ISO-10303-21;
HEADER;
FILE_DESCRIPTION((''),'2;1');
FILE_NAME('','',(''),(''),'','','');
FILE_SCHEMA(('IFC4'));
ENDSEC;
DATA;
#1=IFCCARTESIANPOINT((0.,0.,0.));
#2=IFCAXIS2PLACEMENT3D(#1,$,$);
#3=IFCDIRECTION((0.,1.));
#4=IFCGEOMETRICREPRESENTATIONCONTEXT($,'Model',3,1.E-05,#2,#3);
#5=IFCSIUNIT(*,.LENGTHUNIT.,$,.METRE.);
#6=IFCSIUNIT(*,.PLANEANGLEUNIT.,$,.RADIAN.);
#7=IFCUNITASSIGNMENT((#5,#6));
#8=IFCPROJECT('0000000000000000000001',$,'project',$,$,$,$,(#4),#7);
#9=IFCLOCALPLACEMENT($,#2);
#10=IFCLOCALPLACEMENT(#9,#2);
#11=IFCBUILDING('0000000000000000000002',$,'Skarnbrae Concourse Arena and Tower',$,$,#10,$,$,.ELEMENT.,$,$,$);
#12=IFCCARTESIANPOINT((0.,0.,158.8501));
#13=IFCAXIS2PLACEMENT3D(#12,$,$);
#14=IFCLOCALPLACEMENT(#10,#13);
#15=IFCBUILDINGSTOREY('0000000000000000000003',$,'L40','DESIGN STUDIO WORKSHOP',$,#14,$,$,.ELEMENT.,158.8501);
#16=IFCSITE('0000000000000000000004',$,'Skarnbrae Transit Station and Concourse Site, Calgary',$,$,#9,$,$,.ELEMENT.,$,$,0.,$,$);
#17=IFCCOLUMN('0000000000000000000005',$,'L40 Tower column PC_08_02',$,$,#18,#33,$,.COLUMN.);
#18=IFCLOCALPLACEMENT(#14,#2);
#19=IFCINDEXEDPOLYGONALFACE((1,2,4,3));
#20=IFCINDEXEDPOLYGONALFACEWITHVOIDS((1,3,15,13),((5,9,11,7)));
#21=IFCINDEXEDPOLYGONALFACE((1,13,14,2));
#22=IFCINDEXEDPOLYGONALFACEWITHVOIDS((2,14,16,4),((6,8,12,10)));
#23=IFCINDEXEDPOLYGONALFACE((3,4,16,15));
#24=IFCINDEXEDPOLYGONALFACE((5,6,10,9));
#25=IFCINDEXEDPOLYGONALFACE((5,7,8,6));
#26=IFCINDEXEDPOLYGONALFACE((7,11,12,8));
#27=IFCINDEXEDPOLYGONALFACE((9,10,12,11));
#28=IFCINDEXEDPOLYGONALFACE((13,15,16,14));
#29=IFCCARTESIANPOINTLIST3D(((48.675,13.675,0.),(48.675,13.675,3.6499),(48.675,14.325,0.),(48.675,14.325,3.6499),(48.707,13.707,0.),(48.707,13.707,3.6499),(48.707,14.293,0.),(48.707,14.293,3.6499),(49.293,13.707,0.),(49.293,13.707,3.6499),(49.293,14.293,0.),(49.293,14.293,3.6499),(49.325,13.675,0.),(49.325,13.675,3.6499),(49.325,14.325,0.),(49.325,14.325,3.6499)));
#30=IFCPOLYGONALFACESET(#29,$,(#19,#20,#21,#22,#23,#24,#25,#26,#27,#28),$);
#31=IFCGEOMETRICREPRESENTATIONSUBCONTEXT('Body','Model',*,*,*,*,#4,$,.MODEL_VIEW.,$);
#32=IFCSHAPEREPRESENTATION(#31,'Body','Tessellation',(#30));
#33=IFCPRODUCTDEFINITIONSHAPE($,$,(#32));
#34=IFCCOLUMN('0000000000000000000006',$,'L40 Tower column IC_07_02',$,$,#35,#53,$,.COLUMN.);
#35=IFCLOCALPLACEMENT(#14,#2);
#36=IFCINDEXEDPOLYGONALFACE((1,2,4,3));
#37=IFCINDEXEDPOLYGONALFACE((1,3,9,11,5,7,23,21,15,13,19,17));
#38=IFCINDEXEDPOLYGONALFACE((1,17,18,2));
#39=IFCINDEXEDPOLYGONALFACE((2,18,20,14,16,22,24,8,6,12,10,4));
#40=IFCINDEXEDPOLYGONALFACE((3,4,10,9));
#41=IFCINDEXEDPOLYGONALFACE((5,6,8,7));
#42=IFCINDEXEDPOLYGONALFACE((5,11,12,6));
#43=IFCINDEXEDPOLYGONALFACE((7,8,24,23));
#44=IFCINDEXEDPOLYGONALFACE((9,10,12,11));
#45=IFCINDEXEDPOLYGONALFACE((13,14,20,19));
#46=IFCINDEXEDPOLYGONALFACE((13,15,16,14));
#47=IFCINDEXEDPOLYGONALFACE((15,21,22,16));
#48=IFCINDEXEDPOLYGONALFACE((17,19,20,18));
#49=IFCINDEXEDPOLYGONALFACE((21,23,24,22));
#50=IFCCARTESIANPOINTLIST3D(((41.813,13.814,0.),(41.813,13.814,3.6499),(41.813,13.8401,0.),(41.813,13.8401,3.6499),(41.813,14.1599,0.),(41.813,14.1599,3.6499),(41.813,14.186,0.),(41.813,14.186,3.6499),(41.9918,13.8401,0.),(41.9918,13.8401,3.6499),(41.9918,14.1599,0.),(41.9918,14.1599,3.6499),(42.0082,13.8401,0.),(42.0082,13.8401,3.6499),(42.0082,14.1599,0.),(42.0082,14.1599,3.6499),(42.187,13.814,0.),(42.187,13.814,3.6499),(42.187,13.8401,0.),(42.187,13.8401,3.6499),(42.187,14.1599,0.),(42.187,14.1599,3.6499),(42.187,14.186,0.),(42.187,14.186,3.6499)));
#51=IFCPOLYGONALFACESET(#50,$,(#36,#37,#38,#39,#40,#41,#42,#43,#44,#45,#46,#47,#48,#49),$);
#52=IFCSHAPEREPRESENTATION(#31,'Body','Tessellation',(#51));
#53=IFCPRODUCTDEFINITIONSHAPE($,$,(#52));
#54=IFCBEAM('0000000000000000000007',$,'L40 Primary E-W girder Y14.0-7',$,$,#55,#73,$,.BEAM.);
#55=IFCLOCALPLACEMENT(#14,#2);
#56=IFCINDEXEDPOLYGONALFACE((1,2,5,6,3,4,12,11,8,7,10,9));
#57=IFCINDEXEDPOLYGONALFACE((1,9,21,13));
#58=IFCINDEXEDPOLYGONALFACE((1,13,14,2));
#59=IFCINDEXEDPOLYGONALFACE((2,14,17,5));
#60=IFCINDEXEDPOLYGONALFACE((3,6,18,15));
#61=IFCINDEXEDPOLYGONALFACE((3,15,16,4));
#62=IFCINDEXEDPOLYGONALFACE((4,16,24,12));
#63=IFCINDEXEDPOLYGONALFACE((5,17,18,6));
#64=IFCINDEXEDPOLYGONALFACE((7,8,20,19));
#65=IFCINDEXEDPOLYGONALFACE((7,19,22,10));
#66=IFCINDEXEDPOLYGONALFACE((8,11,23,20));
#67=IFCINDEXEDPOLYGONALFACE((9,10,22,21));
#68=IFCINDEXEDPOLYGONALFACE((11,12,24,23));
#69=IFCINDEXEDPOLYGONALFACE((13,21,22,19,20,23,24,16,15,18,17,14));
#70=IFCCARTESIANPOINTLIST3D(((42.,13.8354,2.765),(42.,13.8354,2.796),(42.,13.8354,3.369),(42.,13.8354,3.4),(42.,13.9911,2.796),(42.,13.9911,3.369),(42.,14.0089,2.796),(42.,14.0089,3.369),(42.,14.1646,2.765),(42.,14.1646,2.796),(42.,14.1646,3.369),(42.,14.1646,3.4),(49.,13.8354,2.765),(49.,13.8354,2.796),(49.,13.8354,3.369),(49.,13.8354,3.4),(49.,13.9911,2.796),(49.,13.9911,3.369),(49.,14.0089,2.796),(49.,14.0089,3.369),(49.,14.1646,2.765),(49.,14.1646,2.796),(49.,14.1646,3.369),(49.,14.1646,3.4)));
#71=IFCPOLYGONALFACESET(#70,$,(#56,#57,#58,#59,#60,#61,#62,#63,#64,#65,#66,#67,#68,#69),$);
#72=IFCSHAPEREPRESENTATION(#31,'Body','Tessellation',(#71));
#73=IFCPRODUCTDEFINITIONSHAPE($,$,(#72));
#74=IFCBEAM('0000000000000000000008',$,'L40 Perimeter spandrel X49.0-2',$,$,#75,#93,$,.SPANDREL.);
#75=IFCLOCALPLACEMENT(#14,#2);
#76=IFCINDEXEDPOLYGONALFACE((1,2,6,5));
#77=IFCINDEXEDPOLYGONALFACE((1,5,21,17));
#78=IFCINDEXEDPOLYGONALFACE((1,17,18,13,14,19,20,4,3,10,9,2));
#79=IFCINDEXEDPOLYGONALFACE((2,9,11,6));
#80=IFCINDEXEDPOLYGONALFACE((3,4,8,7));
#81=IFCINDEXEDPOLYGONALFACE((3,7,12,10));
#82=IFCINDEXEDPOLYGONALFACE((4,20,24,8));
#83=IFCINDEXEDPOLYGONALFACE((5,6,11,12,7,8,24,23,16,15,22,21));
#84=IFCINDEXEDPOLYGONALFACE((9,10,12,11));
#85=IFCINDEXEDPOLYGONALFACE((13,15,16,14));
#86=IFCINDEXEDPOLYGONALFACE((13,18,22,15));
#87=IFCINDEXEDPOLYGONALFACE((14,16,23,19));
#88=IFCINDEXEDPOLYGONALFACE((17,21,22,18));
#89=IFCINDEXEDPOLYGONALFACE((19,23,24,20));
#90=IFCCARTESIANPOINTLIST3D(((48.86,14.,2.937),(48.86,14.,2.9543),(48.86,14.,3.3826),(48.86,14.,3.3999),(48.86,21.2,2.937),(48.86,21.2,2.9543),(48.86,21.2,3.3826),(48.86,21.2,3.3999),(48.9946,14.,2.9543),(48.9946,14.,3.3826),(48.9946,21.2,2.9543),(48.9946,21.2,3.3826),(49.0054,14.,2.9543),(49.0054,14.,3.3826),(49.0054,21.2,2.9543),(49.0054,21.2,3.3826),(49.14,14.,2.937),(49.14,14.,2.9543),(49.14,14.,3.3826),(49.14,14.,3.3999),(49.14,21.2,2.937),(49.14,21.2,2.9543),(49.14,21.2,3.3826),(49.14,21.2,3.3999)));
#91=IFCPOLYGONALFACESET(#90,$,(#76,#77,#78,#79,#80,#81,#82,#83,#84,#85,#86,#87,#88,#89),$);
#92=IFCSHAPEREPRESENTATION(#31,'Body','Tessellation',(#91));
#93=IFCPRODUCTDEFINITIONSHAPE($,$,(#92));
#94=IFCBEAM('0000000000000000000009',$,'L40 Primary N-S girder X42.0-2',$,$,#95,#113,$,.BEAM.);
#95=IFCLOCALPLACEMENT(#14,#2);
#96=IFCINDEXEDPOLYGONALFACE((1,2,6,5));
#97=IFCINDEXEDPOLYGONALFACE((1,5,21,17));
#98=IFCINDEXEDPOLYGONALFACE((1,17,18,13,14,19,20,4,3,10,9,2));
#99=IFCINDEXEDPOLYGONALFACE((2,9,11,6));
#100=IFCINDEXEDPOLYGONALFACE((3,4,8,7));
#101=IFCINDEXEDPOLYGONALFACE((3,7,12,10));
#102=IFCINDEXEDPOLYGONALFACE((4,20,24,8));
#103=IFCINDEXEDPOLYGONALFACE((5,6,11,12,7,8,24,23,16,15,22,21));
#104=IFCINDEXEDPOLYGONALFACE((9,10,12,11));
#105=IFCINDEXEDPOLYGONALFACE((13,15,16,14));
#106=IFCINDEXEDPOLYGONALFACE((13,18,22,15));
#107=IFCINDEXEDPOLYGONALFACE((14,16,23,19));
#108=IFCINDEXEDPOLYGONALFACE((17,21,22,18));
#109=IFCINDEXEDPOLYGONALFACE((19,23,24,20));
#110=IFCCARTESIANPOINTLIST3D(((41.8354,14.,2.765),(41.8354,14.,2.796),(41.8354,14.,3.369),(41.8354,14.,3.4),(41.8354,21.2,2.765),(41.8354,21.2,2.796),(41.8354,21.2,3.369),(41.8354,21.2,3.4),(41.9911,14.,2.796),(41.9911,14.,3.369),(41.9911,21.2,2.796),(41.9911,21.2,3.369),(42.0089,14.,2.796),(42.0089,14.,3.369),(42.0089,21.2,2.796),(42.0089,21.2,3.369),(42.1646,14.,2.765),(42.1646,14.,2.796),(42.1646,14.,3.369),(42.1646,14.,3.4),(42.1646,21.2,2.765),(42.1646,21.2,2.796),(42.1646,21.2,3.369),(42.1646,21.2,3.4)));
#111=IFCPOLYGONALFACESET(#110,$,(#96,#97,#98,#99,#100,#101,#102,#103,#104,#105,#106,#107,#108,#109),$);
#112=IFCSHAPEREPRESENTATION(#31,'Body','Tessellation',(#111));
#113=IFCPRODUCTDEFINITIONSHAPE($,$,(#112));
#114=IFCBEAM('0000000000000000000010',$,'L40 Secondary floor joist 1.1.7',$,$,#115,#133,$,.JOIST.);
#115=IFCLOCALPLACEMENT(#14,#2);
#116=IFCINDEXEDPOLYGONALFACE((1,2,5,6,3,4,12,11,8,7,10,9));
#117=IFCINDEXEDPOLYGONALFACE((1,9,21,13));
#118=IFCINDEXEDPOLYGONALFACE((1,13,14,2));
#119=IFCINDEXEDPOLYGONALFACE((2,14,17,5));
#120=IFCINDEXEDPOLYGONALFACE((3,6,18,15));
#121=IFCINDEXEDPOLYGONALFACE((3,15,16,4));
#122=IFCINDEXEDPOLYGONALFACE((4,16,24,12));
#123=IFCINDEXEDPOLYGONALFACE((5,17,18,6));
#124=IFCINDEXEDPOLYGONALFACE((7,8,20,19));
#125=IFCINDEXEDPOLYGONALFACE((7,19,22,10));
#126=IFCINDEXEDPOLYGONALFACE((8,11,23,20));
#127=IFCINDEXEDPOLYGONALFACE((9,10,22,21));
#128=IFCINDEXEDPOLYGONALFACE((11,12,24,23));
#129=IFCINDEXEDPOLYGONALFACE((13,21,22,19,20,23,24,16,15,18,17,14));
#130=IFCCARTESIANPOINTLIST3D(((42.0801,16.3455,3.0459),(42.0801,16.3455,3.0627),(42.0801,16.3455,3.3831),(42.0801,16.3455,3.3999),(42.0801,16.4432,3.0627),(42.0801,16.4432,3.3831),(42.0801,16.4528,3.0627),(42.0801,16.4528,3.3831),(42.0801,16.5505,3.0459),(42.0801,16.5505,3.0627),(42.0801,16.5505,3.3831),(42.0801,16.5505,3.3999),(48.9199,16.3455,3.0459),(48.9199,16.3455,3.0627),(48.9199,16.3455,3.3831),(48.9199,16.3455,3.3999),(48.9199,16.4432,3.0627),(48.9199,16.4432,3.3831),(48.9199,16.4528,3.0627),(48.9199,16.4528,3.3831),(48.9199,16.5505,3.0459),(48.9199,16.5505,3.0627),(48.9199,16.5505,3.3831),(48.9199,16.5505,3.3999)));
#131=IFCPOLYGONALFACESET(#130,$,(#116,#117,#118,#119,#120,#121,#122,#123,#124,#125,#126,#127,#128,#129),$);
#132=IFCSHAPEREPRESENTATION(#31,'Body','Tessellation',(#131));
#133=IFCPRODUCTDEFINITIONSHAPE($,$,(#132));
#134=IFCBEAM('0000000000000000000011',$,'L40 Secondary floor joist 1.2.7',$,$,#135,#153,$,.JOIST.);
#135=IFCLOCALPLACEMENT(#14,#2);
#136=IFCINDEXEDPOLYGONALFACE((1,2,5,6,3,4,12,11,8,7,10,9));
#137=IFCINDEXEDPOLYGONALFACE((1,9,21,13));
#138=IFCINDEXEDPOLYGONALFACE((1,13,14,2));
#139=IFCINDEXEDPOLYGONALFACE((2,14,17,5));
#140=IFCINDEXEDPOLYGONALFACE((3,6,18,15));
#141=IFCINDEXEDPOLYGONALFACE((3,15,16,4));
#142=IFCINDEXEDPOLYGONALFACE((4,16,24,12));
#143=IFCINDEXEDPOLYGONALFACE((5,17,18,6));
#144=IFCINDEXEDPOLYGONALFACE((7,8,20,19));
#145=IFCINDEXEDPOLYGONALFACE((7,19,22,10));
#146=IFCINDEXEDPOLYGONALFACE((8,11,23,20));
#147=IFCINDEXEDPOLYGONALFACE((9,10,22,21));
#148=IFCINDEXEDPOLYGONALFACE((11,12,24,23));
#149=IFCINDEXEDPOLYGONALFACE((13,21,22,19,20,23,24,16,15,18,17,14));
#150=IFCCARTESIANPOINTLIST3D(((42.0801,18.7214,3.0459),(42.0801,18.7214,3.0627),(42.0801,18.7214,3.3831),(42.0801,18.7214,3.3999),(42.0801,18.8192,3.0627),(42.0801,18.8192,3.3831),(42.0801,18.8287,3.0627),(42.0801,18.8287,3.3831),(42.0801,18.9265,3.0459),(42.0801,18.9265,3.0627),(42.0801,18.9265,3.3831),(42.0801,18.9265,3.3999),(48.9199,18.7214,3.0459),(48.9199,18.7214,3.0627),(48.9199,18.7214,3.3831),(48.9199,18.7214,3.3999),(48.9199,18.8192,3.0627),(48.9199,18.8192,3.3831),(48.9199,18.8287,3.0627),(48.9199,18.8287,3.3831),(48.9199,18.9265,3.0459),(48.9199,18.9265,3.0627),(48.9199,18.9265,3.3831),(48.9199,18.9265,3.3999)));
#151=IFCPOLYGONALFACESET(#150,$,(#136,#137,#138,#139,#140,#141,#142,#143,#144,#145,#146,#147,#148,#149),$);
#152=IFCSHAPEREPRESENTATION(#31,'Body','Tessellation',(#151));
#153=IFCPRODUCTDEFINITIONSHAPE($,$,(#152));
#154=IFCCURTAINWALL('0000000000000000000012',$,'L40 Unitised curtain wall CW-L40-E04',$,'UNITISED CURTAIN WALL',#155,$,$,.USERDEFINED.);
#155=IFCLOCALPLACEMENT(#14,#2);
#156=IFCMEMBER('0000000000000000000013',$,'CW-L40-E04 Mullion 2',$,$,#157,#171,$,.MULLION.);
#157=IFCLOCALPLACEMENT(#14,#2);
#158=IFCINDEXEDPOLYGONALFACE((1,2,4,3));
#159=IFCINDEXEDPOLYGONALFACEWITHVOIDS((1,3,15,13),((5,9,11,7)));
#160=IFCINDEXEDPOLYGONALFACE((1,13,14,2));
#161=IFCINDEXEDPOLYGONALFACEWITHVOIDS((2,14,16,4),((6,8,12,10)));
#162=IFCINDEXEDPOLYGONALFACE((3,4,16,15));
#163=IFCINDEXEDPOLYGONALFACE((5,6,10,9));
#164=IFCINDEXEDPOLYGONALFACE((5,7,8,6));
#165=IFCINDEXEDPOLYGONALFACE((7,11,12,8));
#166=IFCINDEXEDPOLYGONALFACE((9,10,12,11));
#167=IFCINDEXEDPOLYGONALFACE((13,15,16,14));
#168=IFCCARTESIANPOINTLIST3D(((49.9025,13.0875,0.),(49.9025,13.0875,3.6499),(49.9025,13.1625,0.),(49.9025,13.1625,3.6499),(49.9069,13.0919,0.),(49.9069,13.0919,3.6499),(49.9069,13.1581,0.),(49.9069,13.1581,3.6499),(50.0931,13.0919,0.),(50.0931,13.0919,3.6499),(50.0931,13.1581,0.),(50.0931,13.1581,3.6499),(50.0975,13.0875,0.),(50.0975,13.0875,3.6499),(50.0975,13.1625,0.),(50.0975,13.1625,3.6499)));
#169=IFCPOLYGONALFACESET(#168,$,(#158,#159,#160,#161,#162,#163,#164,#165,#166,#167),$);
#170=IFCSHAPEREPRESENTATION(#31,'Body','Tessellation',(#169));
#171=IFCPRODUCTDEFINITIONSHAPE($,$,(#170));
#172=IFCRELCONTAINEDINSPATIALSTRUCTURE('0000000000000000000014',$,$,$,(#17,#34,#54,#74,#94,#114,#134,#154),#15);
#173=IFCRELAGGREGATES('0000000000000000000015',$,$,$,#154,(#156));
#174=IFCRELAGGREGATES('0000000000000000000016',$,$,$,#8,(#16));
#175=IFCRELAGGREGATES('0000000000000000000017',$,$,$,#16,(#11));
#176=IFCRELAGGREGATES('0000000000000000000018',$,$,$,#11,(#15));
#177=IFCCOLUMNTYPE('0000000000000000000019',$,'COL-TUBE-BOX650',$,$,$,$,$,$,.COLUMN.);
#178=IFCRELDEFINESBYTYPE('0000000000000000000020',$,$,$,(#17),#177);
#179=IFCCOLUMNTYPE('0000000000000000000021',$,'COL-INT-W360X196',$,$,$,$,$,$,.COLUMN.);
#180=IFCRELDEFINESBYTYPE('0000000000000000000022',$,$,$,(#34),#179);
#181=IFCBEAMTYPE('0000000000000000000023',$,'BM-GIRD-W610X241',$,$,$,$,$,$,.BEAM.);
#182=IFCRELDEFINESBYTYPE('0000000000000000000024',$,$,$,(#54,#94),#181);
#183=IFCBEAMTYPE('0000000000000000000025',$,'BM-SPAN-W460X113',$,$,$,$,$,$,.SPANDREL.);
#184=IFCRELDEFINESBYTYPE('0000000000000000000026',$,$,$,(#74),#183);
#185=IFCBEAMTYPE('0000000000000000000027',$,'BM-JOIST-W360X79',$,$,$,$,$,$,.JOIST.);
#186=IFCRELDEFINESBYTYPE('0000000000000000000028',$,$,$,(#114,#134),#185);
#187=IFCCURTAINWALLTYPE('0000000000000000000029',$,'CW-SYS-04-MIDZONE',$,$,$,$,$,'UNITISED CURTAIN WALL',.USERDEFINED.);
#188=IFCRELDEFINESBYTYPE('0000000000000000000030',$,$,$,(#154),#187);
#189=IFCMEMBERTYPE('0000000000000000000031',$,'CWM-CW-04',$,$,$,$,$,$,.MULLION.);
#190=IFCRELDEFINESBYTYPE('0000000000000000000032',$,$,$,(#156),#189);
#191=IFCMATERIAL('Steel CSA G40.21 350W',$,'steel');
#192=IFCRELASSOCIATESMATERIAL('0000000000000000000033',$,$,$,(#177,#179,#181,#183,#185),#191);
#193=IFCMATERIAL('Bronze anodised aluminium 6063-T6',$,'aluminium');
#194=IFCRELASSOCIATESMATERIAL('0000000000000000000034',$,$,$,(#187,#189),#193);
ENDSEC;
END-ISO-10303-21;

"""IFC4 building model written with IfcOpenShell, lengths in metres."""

from ifc_helpers import new_model, si_unit, direction, frame, origin, origin_2d, place, context, subcontext, project, spatial, hollow_rectangle, i_section, extrude, source, transform, mapped, material, material_profile, profile_set, type_object, element, aggregate, save


model = new_model("IFC4")

# Units and contexts
model_context = context("Model", 3, precision=1e-05, world=origin(), true_north=direction((0.0, 1.0)))
body_context = subcontext(model_context, "Body", "Model", "MODEL_VIEW")
ifc_project = project(units=[si_unit("LENGTHUNIT", "METRE"), si_unit("PLANEANGLEUNIT", "RADIAN")], contexts=[model_context])

# Site, building, storey
site_placement = place(None, origin())
site = spatial("IfcSite", under=ifc_project, at=site_placement, Name="Skarnbrae Transit Station and Concourse Site, Calgary", CompositionType="ELEMENT", RefElevation=0.0)
building_placement = place(site_placement, origin())
building = spatial("IfcBuilding", under=site, at=building_placement, Name="Skarnbrae Concourse Arena and Tower", CompositionType="ELEMENT")
storey_placement = place(building_placement, frame((0.0, 0.0, 158.8501)))
storey = spatial("IfcBuildingStorey", under=building, at=storey_placement, Name="L40", Description="DESIGN STUDIO WORKSHOP", CompositionType="ELEMENT", Elevation=158.8501)

# Columns
ifc_material_1 = material(Name="Steel CSA G40.21 350W", Category="steel")
ifc_material_profile_1 = material_profile(ifc_material_1, hollow_rectangle(XDim=0.6499, YDim=0.6499, WallThickness=0.032, at=origin_2d()), Name="BOX650X650X32")
ifc_profile_set_1 = profile_set([ifc_material_profile_1], Name="Steel CSA G40.21 350W")
column_type_1 = type_object("IfcColumnType", Name="COL-TUBE-BOX650", PredefinedType="COLUMN", material=ifc_profile_set_1)
shared_shape_1 = source(origin(), body_context, "Body", "SweptSolid", [
    extrude(hollow_rectangle(XDim=0.6499, YDim=0.6499, WallThickness=0.032, at=origin_2d()), origin(), (0.0, 0.0, 1.0), 3.6499),
])
column_1_placement = place(storey_placement, frame((49.0, 14.0, 0.0), z_axis=(0.0, 0.0, 1.0), x_axis=(1.0, 0.0, 0.0)))
element("IfcColumn", 1, at=column_1_placement, inside=storey, type_object=column_type_1, Name="L40 Tower column PC_08_02", PredefinedType="COLUMN", context=body_context, shape_type="MappedRepresentation", body=[
    mapped(shared_shape_1, transform((0.0, 0.0, 0.0))),
])
ifc_material_profile_2 = material_profile(ifc_material_1, i_section(OverallWidth=0.374, OverallDepth=0.3721, WebThickness=0.0164, FlangeThickness=0.0261, at=origin_2d()), Name="W360X196")
ifc_profile_set_2 = profile_set([ifc_material_profile_2], Name="Steel CSA G40.21 350W")
column_type_2 = type_object("IfcColumnType", Name="COL-INT-W360X196", PredefinedType="COLUMN", material=ifc_profile_set_2)
shared_shape_2 = source(origin(), body_context, "Body", "SweptSolid", [
    extrude(i_section(OverallWidth=0.374, OverallDepth=0.3721, WebThickness=0.0164, FlangeThickness=0.0261, at=origin_2d()), origin(), (0.0, 0.0, 1.0), 3.6499),
])
column_2_placement = place(storey_placement, frame((42.0, 14.0, 0.0), z_axis=(0.0, 0.0, 1.0), x_axis=(1.0, 0.0, 0.0)))
element("IfcColumn", 2, at=column_2_placement, inside=storey, type_object=column_type_2, Name="L40 Tower column IC_07_02", PredefinedType="COLUMN", context=body_context, shape_type="MappedRepresentation", body=[
    mapped(shared_shape_2, transform((0.0, 0.0, 0.0))),
])

# Beams
ifc_material_profile_3 = material_profile(ifc_material_1, i_section(OverallWidth=0.3291, OverallDepth=0.635, WebThickness=0.0178, FlangeThickness=0.031, at=origin_2d()), Name="W610X241")
ifc_profile_set_3 = profile_set([ifc_material_profile_3], Name="Steel CSA G40.21 350W")
beam_type_1 = type_object("IfcBeamType", Name="BM-GIRD-W610X241", PredefinedType="BEAM", material=ifc_profile_set_3)
shared_shape_3 = source(origin(), body_context, "Body", "SweptSolid", [
    extrude(i_section(OverallWidth=0.3291, OverallDepth=0.635, WebThickness=0.0178, FlangeThickness=0.031, at=origin_2d()), origin(), (0.0, 0.0, 1.0), 7.0),
])
beam_1_placement = place(storey_placement, frame((42.0, 14.0, 3.0825), z_axis=(1.0, 0.0, 0.0), x_axis=(0.0, 1.0, 0.0)))
element("IfcBeam", 3, at=beam_1_placement, inside=storey, type_object=beam_type_1, Name="L40 Primary E-W girder Y14.0-7", PredefinedType="BEAM", context=body_context, shape_type="MappedRepresentation", body=[
    mapped(shared_shape_3, transform((0.0, 0.0, 0.0))),
])
ifc_material_profile_4 = material_profile(ifc_material_1, i_section(OverallWidth=0.28, OverallDepth=0.4629, WebThickness=0.0107, FlangeThickness=0.0173, at=origin_2d()), Name="W460X113")
ifc_profile_set_4 = profile_set([ifc_material_profile_4], Name="Steel CSA G40.21 350W")
beam_type_2 = type_object("IfcBeamType", Name="BM-SPAN-W460X113", PredefinedType="SPANDREL", material=ifc_profile_set_4)
shared_shape_4 = source(origin(), body_context, "Body", "SweptSolid", [
    extrude(i_section(OverallWidth=0.28, OverallDepth=0.4629, WebThickness=0.0107, FlangeThickness=0.0173, at=origin_2d()), origin(), (0.0, 0.0, 1.0), 7.2),
])
beam_2_placement = place(storey_placement, frame((49.0, 14.0, 3.1685), z_axis=(0.0, 1.0, 0.0), x_axis=(-1.0, 0.0, 0.0)))
element("IfcBeam", 4, at=beam_2_placement, inside=storey, type_object=beam_type_2, Name="L40 Perimeter spandrel X49.0-2", PredefinedType="SPANDREL", context=body_context, shape_type="MappedRepresentation", body=[
    mapped(shared_shape_4, transform((0.0, 0.0, 0.0))),
])
shared_shape_5 = source(origin(), body_context, "Body", "SweptSolid", [
    extrude(i_section(OverallWidth=0.3291, OverallDepth=0.635, WebThickness=0.0178, FlangeThickness=0.031, at=origin_2d()), origin(), (0.0, 0.0, 1.0), 7.2),
])
beam_3_placement = place(storey_placement, frame((42.0, 14.0, 3.0825), z_axis=(0.0, 1.0, 0.0), x_axis=(-1.0, 0.0, 0.0)))
element("IfcBeam", 5, at=beam_3_placement, inside=storey, type_object=beam_type_1, Name="L40 Primary N-S girder X42.0-2", PredefinedType="BEAM", context=body_context, shape_type="MappedRepresentation", body=[
    mapped(shared_shape_5, transform((0.0, 0.0, 0.0))),
])
ifc_material_profile_5 = material_profile(ifc_material_1, i_section(OverallWidth=0.2051, OverallDepth=0.354, WebThickness=0.0095, FlangeThickness=0.0168, at=origin_2d()), Name="W360X79")
ifc_profile_set_5 = profile_set([ifc_material_profile_5], Name="Steel CSA G40.21 350W")
beam_type_3 = type_object("IfcBeamType", Name="BM-JOIST-W360X79", PredefinedType="JOIST", material=ifc_profile_set_5)
shared_shape_6 = source(origin(), body_context, "Body", "SweptSolid", [
    extrude(i_section(OverallWidth=0.2051, OverallDepth=0.354, WebThickness=0.0095, FlangeThickness=0.0168, at=origin_2d()), origin(), (0.0, 0.0, 1.0), 6.8398),
])
for number, where, z_axis, x_axis, name in (
    (6, (42.0801, 16.448, 3.2229), (1.0, 0.0, 0.0), (0.0, 1.0, 0.0), "L40 Secondary floor joist 1.1.7"),
    (7, (42.0801, 18.824, 3.2229), (1.0, 0.0, 0.0), (0.0, 1.0, 0.0), "L40 Secondary floor joist 1.2.7"),
):
    element("IfcBeam", number, at=place(storey_placement, frame(where, z_axis=z_axis, x_axis=x_axis)), inside=storey, type_object=beam_type_3, Name=name, PredefinedType="JOIST", context=body_context, shape_type="MappedRepresentation", body=[
        mapped(shared_shape_6, transform((0.0, 0.0, 0.0))),
    ])

# Curtain wall, member
ifc_material_2 = material(Name="Bronze anodised aluminium 6063-T6", Category="aluminium")
curtain_wall_type = type_object("IfcCurtainWallType", Name="CW-SYS-04-MIDZONE", ElementType="UNITISED CURTAIN WALL", PredefinedType="USERDEFINED", material=ifc_material_2)
curtain_wall_placement = place(storey_placement, origin())
curtain_wall = element("IfcCurtainWall", 8, at=curtain_wall_placement, inside=storey, type_object=curtain_wall_type, Name="L40 Unitised curtain wall CW-L40-E04", ObjectType="UNITISED CURTAIN WALL", PredefinedType="USERDEFINED")
ifc_material_profile_6 = material_profile(ifc_material_2, hollow_rectangle(XDim=0.075, YDim=0.1951, WallThickness=0.0044, at=origin_2d()), Name="ALU-MULL-75X195")
ifc_profile_set_6 = profile_set([ifc_material_profile_6], Name="Bronze anodised aluminium 6063-T6")
member_type_1 = type_object("IfcMemberType", Name="CWM-CW-04", PredefinedType="MULLION", material=ifc_profile_set_6)
shared_shape_7 = source(origin(), body_context, "Body", "SweptSolid", [
    extrude(hollow_rectangle(XDim=0.075, YDim=0.1951, WallThickness=0.0044, at=origin_2d()), origin(), (0.0, 0.0, 1.0), 3.6499),
])
member_1_placement = place(storey_placement, frame((50.0, 13.125, 0.0), z_axis=(0.0, 0.0, 1.0), x_axis=(0.0, 1.0, 0.0)))
member_1 = element("IfcMember", 9, at=member_1_placement, type_object=member_type_1, Name="CW-L40-E04 Mullion 2", PredefinedType="MULLION", context=body_context, shape_type="MappedRepresentation", body=[
    mapped(shared_shape_7, transform((0.0, 0.0, 0.0))),
])
aggregate(curtain_wall, [member_1])

save(model, "model.ifc")
